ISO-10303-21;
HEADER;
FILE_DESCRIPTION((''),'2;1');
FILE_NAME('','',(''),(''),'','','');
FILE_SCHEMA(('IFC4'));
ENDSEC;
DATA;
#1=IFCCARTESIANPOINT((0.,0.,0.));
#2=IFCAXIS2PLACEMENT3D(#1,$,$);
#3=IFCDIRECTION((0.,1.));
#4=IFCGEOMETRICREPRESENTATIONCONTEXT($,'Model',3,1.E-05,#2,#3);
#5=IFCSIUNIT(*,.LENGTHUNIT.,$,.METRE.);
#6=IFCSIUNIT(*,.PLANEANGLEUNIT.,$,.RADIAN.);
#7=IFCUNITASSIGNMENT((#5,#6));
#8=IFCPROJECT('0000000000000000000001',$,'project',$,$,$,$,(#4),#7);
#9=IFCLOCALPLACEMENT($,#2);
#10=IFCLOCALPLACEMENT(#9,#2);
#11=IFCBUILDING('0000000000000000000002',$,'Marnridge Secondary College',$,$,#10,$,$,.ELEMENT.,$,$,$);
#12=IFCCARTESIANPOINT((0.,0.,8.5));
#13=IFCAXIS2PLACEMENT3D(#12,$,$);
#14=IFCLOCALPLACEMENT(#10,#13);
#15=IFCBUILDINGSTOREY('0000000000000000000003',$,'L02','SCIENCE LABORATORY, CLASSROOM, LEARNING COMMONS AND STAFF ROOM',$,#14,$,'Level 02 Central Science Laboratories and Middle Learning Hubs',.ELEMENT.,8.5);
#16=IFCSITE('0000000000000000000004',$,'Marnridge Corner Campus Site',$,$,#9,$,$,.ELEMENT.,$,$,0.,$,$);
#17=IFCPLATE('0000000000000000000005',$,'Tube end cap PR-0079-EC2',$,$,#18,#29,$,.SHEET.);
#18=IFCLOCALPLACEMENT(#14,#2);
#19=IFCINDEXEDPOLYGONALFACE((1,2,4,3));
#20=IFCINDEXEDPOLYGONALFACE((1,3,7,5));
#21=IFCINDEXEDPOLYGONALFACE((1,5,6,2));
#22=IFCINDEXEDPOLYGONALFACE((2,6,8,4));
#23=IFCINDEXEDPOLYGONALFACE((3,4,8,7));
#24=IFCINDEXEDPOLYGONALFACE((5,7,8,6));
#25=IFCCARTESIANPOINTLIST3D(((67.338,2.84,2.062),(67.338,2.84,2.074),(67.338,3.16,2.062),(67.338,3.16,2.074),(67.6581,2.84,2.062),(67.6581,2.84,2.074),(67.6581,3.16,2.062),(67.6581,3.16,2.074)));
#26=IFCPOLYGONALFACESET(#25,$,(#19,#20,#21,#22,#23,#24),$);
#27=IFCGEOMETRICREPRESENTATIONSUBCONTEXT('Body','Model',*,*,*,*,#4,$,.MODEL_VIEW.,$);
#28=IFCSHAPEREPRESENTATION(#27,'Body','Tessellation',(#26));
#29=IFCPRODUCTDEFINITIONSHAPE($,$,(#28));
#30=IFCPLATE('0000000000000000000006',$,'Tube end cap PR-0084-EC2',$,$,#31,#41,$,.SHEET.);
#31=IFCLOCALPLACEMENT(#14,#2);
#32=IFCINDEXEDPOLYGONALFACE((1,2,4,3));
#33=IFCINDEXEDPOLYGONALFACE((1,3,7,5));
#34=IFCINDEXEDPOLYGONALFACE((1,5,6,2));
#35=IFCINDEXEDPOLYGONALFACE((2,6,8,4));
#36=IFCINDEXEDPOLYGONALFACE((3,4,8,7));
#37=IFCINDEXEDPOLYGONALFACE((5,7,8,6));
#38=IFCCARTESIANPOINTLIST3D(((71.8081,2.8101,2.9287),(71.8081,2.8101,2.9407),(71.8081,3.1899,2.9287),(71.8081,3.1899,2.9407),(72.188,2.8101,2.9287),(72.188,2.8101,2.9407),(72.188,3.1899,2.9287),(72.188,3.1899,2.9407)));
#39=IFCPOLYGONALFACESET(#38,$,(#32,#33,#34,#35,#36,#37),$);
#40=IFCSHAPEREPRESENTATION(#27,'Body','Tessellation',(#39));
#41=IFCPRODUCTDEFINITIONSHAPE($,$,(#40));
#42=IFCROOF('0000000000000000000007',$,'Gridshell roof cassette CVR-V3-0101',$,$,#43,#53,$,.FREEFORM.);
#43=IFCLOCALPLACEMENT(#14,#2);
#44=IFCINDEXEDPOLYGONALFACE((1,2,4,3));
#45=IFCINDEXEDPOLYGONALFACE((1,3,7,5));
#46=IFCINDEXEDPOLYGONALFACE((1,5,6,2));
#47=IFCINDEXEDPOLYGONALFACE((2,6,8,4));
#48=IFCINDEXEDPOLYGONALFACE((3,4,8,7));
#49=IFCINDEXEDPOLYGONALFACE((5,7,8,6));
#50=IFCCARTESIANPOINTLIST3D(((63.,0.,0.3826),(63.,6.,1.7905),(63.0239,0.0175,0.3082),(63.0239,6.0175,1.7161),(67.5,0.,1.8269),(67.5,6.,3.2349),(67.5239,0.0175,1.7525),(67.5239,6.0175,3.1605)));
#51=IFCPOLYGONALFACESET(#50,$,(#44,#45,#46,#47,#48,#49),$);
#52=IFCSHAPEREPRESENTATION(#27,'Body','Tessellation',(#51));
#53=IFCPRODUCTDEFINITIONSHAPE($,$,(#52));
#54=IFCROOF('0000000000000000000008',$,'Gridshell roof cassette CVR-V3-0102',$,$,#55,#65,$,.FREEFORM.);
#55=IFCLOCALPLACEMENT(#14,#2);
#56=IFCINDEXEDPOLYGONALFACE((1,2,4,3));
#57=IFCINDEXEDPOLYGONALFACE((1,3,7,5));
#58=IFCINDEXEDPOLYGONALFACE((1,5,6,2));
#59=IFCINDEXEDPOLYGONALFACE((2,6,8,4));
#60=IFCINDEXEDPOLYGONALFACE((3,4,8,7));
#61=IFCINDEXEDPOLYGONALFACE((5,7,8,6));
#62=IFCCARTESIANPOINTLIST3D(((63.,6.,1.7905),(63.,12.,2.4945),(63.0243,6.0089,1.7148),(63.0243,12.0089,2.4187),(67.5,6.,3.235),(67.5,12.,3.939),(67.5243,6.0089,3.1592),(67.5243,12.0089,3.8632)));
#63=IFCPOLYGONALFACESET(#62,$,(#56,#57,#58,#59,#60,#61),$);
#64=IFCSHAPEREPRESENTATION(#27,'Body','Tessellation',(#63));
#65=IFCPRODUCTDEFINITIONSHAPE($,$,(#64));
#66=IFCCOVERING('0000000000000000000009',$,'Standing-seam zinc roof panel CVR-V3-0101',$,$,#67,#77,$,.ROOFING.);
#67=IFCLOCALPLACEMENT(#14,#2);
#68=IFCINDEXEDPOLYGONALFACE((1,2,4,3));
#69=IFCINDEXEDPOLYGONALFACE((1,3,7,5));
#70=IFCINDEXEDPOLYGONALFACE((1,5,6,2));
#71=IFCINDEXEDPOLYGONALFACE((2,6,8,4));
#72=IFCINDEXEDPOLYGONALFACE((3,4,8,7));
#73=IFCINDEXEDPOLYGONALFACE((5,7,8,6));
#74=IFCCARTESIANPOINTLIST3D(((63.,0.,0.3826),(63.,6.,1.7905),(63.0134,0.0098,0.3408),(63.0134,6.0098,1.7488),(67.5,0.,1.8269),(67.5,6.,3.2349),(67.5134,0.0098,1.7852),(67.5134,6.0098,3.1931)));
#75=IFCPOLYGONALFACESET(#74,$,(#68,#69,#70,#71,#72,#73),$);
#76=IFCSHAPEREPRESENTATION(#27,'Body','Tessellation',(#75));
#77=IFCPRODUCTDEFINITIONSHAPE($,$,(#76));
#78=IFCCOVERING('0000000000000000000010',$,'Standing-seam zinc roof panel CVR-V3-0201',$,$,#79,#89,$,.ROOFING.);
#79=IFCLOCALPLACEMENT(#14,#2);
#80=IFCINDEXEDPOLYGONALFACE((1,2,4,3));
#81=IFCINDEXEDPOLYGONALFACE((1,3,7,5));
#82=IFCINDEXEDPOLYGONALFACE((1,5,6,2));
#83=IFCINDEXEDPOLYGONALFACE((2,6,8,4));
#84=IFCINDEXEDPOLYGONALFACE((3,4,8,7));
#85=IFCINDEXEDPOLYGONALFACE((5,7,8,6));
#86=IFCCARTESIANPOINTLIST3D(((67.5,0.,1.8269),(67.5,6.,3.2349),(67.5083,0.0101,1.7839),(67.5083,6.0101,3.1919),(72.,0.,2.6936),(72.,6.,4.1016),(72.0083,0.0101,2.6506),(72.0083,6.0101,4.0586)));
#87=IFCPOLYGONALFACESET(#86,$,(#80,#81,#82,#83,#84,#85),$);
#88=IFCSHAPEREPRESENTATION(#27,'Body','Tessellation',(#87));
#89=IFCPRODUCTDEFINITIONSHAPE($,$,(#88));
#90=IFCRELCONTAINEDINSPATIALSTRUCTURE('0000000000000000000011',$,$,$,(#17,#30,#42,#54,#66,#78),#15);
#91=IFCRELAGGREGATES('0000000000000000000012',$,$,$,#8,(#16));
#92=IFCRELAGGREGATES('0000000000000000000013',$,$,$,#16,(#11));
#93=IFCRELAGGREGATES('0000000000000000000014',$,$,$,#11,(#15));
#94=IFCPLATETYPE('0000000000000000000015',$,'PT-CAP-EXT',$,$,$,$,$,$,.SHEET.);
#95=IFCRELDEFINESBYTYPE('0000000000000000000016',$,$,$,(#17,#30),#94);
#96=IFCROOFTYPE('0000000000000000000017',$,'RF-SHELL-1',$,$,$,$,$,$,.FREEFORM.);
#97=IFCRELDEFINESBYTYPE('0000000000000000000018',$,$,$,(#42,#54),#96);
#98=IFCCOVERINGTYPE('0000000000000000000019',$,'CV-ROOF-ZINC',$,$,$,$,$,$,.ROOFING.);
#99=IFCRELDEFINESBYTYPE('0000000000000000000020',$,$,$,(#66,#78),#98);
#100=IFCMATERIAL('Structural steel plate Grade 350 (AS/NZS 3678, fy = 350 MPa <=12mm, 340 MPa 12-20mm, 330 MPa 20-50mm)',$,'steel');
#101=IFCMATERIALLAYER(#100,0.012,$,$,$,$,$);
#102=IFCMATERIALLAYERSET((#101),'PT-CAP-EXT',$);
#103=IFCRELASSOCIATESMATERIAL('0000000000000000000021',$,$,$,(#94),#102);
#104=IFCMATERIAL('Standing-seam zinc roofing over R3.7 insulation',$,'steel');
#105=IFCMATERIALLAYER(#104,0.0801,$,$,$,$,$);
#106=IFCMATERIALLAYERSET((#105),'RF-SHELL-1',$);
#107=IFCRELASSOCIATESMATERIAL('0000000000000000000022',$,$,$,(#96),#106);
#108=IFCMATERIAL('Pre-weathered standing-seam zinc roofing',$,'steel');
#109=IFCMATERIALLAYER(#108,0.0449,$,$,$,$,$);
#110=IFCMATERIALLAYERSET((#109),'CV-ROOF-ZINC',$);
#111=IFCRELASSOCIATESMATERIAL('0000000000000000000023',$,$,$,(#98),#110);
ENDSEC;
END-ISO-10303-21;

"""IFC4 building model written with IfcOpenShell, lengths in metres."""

from ifc_helpers import new_model, si_unit, direction, frame, origin, origin_2d, place, context, subcontext, project, spatial, polyline, rectangle, outline, extrude, material, layer, layer_set, type_object, element, save


model = new_model("IFC4")

# Units and contexts
model_context = context("Model", 3, precision=1e-05, world=origin(), true_north=direction((0.0, 1.0)))
body_context = subcontext(model_context, "Body", "Model", "MODEL_VIEW")
ifc_project = project(units=[si_unit("LENGTHUNIT", "METRE"), si_unit("PLANEANGLEUNIT", "RADIAN")], contexts=[model_context])

# Site, building, storey
site_placement = place(None, origin())
site = spatial("IfcSite", under=ifc_project, at=site_placement, Name="Marnridge Corner Campus Site", CompositionType="ELEMENT", RefElevation=0.0)
building_placement = place(site_placement, origin())
building = spatial("IfcBuilding", under=site, at=building_placement, Name="Marnridge Secondary College", CompositionType="ELEMENT")
storey_placement = place(building_placement, frame((0.0, 0.0, 8.5)))
storey = spatial("IfcBuildingStorey", under=building, at=storey_placement, Name="L02", Description="SCIENCE LABORATORY, CLASSROOM, LEARNING COMMONS AND STAFF ROOM", LongName="Level 02 Central Science Laboratories and Middle Learning Hubs", CompositionType="ELEMENT", Elevation=8.5)

# Plates
ifc_material_1 = material(Name="Structural steel plate Grade 350 (AS/NZS 3678, fy = 350 MPa <=12mm, 340 MPa 12-20mm, 330 MPa 20-50mm)", Category="steel")
ifc_layer_1 = layer(ifc_material_1, 0.012)
ifc_layer_set_1 = layer_set([ifc_layer_1], Name="PT-CAP-EXT")
plate_type = type_object("IfcPlateType", Name="PT-CAP-EXT", PredefinedType="SHEET", material=ifc_layer_set_1)
for number, where, z_axis, x_axis, name in (
    (1, (67.498, 3.0, 2.062), (0.0, 0.0, 1.0), (1.0, 0.0, 0.0), "Tube end cap PR-0079-EC2"),
):
    element("IfcPlate", number, at=place(storey_placement, frame(where, z_axis=z_axis, x_axis=x_axis)), inside=storey, type_object=plate_type, Name=name, PredefinedType="SHEET", context=body_context, shape_type="SweptSolid", body=[
        extrude(rectangle(XDim=0.3201, YDim=0.3201, at=origin_2d()), origin(), (0.0, 0.0, 1.0), 0.012),
    ])
plate_1_placement = place(storey_placement, frame((71.998, 3.0, 2.9287), z_axis=(0.0, 0.0, 1.0), x_axis=(1.0, 0.0, 0.0)))
element("IfcPlate", 2, at=plate_1_placement, inside=storey, type_object=plate_type, Name="Tube end cap PR-0084-EC2", PredefinedType="SHEET", context=body_context, shape_type="SweptSolid", body=[
    extrude(rectangle(XDim=0.3799, YDim=0.3799, at=origin_2d()), origin(), (0.0, 0.0, 1.0), 0.012),
])

# Roofs
ifc_material_2 = material(Name="Standing-seam zinc roofing over R3.7 insulation", Category="steel")
ifc_layer_2 = layer(ifc_material_2, 0.0801)
ifc_layer_set_2 = layer_set([ifc_layer_2], Name="RF-SHELL-1")
roof_type = type_object("IfcRoofType", Name="RF-SHELL-1", PredefinedType="FREEFORM", material=ifc_layer_set_2)
roof_1_placement = place(storey_placement, frame((63.0, 0.0, 0.3826), z_axis=(-0.298254, -0.218056, 0.929245), x_axis=(0.952157, 0.0, 0.305608)))
element("IfcRoof", 3, at=roof_1_placement, inside=storey, type_object=roof_type, Name="Gridshell roof cassette CVR-V3-0101", PredefinedType="FREEFORM", context=body_context, shape_type="SweptSolid", body=[
    extrude(outline(polyline([(0.0, 0.0), (4.7261, 0.0), (5.1564, 6.1479), (0.4303, 6.1479), (0.0, 0.0)])), origin(), (0.0, 0.0, -1.0), 0.0801),
])
roof_2_placement = place(storey_placement, frame((63.0, 6.0, 1.7905), z_axis=(-0.303742, -0.111025, 0.946263), x_axis=(0.95215, -0.000003, 0.305631)))
element("IfcRoof", 4, at=roof_2_placement, inside=storey, type_object=roof_type, Name="Gridshell roof cassette CVR-V3-0102", PredefinedType="FREEFORM", context=body_context, shape_type="SweptSolid", body=[
    extrude(outline(polyline([(0.0, 0.0), (4.7261, 0.0), (4.9413, 6.0373), (0.2151, 6.0373), (0.0, 0.0)])), origin(), (0.0, 0.0, -1.0), 0.0801),
])

# Coverings
ifc_material_3 = material(Name="Pre-weathered standing-seam zinc roofing", Category="steel")
ifc_layer_3 = layer(ifc_material_3, 0.0449)
ifc_layer_set_3 = layer_set([ifc_layer_3], Name="CV-ROOF-ZINC")
covering_type = type_object("IfcCoveringType", Name="CV-ROOF-ZINC", PredefinedType="ROOFING", material=ifc_layer_set_3)
covering_1_placement = place(storey_placement, frame((63.0, 0.0, 0.3826), z_axis=(-0.298254, -0.218056, 0.929245), x_axis=(0.952157, 0.0, 0.305608)))
element("IfcCovering", 5, at=covering_1_placement, inside=storey, type_object=covering_type, Name="Standing-seam zinc roof panel CVR-V3-0101", PredefinedType="ROOFING", context=body_context, shape_type="SweptSolid", body=[
    extrude(outline(polyline([(0.0, 0.0), (4.7261, 0.0), (5.1564, 6.1479), (0.4303, 6.1479), (0.0, 0.0)])), origin(), (0.0, 0.0, -1.0), 0.0449),
])
covering_2_placement = place(storey_placement, frame((67.5, 0.0, 1.8269), z_axis=(-0.184295, -0.224541, 0.956879), x_axis=(0.981953, 0.0, 0.189124)))
element("IfcCovering", 6, at=covering_2_placement, inside=storey, type_object=covering_type, Name="Standing-seam zinc roof panel CVR-V3-0201", PredefinedType="ROOFING", context=body_context, shape_type="SweptSolid", body=[
    extrude(outline(polyline([(0.0, 0.0), (4.5827, 0.0), (4.849, 6.1572), (0.2663, 6.1572), (0.0, 0.0)])), origin(), (0.0, 0.0, -1.0), 0.0449),
])

save(model, "model.ifc")
